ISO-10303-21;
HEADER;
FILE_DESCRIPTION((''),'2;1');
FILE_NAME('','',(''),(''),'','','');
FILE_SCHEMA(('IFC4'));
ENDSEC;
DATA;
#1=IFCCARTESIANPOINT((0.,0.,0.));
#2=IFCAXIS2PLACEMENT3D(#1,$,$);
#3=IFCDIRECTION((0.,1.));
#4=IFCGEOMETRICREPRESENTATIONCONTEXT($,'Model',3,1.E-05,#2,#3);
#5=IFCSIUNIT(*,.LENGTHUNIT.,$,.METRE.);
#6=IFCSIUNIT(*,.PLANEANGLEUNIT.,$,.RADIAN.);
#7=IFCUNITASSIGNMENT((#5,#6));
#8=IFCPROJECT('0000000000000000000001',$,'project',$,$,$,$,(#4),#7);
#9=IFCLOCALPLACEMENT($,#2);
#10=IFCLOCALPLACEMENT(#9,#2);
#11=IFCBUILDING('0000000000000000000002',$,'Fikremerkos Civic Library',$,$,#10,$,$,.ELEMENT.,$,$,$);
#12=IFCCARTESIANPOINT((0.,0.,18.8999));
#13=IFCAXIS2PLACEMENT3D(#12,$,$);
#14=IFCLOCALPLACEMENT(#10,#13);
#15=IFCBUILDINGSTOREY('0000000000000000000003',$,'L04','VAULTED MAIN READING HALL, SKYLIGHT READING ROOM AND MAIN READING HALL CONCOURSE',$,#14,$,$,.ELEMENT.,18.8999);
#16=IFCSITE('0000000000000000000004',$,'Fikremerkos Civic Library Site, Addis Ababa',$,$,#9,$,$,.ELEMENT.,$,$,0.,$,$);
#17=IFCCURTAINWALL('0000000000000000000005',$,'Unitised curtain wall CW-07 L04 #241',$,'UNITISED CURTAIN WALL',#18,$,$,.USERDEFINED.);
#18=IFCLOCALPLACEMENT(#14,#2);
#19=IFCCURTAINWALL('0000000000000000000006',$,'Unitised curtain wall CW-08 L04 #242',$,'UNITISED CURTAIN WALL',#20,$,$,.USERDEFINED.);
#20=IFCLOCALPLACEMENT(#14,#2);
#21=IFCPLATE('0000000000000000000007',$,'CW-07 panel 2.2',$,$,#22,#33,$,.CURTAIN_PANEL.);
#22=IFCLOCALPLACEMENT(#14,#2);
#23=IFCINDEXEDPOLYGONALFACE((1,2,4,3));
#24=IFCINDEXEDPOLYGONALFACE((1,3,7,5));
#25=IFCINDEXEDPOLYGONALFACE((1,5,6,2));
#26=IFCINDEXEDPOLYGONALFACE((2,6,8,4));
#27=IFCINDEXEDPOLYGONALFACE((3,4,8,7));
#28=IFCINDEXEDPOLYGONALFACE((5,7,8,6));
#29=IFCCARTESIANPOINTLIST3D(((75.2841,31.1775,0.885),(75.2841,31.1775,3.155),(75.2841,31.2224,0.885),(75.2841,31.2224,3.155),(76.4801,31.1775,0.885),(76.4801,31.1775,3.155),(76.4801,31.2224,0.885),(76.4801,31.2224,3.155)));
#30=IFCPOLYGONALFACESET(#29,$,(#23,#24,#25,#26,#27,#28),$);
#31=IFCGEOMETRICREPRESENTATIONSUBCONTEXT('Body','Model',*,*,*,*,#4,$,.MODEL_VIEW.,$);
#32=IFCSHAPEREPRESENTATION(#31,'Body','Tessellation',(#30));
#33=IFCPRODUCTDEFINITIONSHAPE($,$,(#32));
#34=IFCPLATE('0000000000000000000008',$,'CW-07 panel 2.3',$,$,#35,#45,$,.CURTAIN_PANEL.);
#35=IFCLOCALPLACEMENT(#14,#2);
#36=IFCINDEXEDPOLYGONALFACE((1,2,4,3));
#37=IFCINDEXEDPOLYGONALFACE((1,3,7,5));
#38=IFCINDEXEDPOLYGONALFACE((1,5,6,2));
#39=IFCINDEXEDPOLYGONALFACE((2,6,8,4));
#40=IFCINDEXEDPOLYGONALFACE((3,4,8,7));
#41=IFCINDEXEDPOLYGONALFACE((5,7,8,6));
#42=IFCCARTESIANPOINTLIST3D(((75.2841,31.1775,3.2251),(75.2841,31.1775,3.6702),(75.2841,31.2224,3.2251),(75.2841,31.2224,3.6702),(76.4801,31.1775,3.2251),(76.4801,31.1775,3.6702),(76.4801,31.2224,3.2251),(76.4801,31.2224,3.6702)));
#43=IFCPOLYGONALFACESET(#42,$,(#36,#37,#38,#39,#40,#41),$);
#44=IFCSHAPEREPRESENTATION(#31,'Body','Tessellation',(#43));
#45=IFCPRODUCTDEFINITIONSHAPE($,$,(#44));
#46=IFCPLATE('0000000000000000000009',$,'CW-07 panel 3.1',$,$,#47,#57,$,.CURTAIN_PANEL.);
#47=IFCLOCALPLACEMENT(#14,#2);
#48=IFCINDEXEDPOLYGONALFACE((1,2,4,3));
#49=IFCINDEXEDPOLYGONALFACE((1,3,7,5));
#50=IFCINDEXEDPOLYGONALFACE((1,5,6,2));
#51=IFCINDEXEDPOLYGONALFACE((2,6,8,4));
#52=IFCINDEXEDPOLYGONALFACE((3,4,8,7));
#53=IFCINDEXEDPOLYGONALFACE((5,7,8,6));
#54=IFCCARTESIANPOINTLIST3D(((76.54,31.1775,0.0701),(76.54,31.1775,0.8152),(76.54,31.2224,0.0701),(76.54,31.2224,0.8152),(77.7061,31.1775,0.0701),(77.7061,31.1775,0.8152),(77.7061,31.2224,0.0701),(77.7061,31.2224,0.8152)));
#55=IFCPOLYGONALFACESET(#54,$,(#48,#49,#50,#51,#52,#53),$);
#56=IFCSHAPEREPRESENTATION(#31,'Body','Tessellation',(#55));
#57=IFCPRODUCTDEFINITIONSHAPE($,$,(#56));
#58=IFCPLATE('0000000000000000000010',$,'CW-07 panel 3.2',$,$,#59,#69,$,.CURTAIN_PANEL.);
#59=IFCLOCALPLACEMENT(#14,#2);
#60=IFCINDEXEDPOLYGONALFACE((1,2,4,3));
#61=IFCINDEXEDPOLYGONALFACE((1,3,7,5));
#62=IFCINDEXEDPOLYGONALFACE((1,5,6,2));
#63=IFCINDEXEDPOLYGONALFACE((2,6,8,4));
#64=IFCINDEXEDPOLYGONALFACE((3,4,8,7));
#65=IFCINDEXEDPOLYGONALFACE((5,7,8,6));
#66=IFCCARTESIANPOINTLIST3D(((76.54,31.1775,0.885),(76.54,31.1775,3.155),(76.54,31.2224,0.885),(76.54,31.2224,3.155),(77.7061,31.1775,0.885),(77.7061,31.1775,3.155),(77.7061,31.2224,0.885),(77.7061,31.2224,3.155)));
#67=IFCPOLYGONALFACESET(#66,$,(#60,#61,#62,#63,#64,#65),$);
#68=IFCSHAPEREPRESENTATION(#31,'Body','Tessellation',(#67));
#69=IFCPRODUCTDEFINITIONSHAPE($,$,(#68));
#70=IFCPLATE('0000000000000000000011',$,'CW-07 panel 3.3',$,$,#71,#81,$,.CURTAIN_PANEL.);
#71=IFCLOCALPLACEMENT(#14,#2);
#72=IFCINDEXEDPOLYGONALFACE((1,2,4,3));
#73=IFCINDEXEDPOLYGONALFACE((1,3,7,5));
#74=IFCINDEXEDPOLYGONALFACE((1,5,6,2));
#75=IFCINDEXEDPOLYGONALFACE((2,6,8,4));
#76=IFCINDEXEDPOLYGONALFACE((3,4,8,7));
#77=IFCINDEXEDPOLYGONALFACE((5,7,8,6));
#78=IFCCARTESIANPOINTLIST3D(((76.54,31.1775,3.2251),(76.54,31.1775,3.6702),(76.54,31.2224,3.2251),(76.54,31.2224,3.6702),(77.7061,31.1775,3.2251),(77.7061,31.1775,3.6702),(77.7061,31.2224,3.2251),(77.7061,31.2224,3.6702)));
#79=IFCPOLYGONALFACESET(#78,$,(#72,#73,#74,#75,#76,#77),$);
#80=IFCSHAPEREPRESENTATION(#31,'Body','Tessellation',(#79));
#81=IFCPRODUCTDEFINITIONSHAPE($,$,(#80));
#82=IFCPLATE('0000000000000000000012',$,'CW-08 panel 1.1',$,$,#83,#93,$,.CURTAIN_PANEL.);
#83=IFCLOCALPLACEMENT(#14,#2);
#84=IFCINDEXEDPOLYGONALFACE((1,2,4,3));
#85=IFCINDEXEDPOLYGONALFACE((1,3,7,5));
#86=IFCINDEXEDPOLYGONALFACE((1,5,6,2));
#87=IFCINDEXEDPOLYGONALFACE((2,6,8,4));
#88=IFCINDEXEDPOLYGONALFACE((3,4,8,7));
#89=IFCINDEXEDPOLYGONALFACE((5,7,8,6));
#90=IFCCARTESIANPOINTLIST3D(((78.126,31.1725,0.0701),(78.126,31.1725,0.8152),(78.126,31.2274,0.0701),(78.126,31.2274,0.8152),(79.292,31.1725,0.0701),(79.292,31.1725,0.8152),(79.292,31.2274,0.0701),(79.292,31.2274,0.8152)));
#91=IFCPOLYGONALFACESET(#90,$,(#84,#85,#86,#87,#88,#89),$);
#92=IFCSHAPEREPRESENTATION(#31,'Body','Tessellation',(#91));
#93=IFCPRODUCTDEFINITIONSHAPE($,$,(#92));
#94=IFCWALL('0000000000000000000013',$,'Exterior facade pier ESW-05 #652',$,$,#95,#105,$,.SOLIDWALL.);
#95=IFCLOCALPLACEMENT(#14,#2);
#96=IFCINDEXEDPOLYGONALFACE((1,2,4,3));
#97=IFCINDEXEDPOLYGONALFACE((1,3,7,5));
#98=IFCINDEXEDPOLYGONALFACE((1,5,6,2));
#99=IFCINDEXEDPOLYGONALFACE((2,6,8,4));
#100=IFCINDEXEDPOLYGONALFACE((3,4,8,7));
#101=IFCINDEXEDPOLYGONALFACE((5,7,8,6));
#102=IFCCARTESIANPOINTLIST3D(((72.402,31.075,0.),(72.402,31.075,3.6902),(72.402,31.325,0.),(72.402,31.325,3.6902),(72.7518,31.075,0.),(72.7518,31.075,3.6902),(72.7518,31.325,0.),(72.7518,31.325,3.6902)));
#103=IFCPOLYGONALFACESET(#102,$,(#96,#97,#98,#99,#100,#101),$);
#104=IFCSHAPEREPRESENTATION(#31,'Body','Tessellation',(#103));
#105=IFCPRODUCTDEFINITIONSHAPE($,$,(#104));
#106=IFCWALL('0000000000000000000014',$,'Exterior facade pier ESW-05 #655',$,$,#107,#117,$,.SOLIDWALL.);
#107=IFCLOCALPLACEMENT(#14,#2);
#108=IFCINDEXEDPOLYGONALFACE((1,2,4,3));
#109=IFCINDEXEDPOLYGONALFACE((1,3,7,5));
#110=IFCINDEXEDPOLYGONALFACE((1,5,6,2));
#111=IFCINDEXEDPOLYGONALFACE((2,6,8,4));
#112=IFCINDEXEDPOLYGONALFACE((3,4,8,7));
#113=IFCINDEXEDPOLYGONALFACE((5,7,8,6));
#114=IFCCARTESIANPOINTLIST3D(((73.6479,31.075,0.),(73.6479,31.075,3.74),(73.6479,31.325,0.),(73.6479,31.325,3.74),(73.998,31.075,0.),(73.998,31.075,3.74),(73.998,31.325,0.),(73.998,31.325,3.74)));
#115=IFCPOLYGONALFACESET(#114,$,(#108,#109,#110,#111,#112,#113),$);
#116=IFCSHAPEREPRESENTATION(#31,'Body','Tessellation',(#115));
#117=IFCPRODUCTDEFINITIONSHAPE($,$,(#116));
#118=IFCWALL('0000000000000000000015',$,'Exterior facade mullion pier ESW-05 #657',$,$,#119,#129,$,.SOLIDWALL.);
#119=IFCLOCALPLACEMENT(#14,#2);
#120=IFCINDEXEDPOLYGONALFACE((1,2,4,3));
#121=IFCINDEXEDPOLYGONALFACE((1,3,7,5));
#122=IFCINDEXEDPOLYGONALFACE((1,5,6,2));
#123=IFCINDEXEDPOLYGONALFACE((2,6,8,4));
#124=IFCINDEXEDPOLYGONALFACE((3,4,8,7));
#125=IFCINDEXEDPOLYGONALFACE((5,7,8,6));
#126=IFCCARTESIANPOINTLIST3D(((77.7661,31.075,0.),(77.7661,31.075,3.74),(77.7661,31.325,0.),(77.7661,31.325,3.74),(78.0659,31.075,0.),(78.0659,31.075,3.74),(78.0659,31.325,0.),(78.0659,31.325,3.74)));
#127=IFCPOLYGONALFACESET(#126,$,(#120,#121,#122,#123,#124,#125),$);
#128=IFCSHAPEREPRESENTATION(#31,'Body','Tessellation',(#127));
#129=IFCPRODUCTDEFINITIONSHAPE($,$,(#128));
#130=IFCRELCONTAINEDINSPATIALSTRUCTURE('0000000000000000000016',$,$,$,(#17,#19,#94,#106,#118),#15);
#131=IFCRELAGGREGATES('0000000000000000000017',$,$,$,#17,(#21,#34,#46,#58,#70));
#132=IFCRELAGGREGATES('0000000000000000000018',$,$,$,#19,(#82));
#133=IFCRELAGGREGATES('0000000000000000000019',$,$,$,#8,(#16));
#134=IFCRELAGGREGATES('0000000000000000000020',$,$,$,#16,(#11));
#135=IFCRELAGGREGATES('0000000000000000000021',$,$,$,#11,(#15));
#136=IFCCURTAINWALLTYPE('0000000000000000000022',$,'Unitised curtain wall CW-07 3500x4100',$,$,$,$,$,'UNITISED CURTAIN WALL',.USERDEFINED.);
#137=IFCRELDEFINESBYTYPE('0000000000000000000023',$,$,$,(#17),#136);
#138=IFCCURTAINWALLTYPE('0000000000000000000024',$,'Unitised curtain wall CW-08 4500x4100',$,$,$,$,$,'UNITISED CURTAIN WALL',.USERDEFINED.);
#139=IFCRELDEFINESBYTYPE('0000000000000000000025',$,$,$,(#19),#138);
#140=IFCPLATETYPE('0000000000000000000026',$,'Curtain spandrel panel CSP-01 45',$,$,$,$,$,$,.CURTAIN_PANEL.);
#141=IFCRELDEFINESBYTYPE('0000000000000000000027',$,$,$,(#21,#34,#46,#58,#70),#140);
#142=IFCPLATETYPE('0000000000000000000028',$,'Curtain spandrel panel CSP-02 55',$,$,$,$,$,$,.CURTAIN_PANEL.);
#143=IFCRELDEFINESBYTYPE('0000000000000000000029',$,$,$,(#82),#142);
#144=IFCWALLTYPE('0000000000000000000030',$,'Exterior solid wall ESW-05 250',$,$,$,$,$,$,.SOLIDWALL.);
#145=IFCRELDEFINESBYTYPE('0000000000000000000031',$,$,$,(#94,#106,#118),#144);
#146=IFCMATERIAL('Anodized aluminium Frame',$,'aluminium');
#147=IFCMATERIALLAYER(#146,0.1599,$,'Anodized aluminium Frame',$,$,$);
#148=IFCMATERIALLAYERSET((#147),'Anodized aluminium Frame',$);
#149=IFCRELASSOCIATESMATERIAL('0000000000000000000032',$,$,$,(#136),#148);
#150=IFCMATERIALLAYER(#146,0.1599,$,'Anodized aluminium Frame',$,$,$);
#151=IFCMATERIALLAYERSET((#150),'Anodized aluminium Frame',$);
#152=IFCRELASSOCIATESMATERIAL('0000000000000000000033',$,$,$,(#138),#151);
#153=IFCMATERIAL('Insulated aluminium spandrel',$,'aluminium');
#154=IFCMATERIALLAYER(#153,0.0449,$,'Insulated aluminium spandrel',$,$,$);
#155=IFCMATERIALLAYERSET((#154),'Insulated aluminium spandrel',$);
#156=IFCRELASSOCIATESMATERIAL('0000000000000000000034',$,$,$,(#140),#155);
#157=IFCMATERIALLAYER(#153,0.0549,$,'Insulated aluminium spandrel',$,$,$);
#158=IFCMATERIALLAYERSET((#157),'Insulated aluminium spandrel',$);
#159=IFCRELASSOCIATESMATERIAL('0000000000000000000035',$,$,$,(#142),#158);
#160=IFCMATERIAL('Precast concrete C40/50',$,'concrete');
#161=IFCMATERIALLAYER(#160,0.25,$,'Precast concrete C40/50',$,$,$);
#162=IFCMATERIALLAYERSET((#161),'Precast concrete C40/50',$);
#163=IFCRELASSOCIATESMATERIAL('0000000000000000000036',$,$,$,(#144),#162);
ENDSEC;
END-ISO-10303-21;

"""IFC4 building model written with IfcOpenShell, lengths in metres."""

from ifc_helpers import new_model, si_unit, direction, frame, frame_2d, origin, origin_2d, place, context, subcontext, project, spatial, rectangle, extrude, material, layer, layer_set, type_object, element, aggregate, save


model = new_model("IFC4")

# Units and contexts
model_context = context("Model", 3, precision=1e-05, world=origin(), true_north=direction((0.0, 1.0)))
body_context = subcontext(model_context, "Body", "Model", "MODEL_VIEW")
ifc_project = project(units=[si_unit("LENGTHUNIT", "METRE"), si_unit("PLANEANGLEUNIT", "RADIAN")], contexts=[model_context])

# Site, building, storey
site_placement = place(None, origin())
site = spatial("IfcSite", under=ifc_project, at=site_placement, Name="Fikremerkos Civic Library Site, Addis Ababa", CompositionType="ELEMENT", RefElevation=0.0)
building_placement = place(site_placement, origin())
building = spatial("IfcBuilding", under=site, at=building_placement, Name="Fikremerkos Civic Library", CompositionType="ELEMENT")
storey_placement = place(building_placement, frame((0.0, 0.0, 18.8999)))
storey = spatial("IfcBuildingStorey", under=building, at=storey_placement, Name="L04", Description="VAULTED MAIN READING HALL, SKYLIGHT READING ROOM AND MAIN READING HALL CONCOURSE", CompositionType="ELEMENT", Elevation=18.8999)

# Shared definitions
ifc_material_1 = material(Name="Anodized aluminium Frame", Category="aluminium")

# Curtain wall
ifc_layer_1 = layer(ifc_material_1, 0.1599, Name="Anodized aluminium Frame")
ifc_layer_set_1 = layer_set([ifc_layer_1], Name="Anodized aluminium Frame")
curtain_wall_type_1 = type_object("IfcCurtainWallType", Name="Unitised curtain wall CW-07 3500x4100", ElementType="UNITISED CURTAIN WALL", PredefinedType="USERDEFINED", material=ifc_layer_set_1)
curtain_wall_1_placement = place(storey_placement, origin())
curtain_wall_1 = element("IfcCurtainWall", 1, at=curtain_wall_1_placement, inside=storey, type_object=curtain_wall_type_1, Name="Unitised curtain wall CW-07 L04 #241", ObjectType="UNITISED CURTAIN WALL", PredefinedType="USERDEFINED")

# Curtain wall
ifc_layer_2 = layer(ifc_material_1, 0.1599, Name="Anodized aluminium Frame")
ifc_layer_set_2 = layer_set([ifc_layer_2], Name="Anodized aluminium Frame")
curtain_wall_type_2 = type_object("IfcCurtainWallType", Name="Unitised curtain wall CW-08 4500x4100", ElementType="UNITISED CURTAIN WALL", PredefinedType="USERDEFINED", material=ifc_layer_set_2)
curtain_wall_2_placement = place(storey_placement, origin())
curtain_wall_2 = element("IfcCurtainWall", 2, at=curtain_wall_2_placement, inside=storey, type_object=curtain_wall_type_2, Name="Unitised curtain wall CW-08 L04 #242", ObjectType="UNITISED CURTAIN WALL", PredefinedType="USERDEFINED")

# Plates
ifc_material_2 = material(Name="Insulated aluminium spandrel", Category="aluminium")
ifc_layer_3 = layer(ifc_material_2, 0.0449, Name="Insulated aluminium spandrel")
ifc_layer_set_3 = layer_set([ifc_layer_3], Name="Insulated aluminium spandrel")
plate_type_1 = type_object("IfcPlateType", Name="Curtain spandrel panel CSP-01 45", PredefinedType="CURTAIN_PANEL", material=ifc_layer_set_3)
plate_1_placement = place(storey_placement, frame((75.8821, 31.2, 0.885), z_axis=(0.0, 0.0, 1.0), x_axis=(1.0, 0.0, 0.0)))
plate_1 = element("IfcPlate", 3, at=plate_1_placement, type_object=plate_type_1, Name="CW-07 panel 2.2", PredefinedType="CURTAIN_PANEL", context=body_context, shape_type="SweptSolid", body=[
    extrude(rectangle(XDim=1.196, YDim=0.0449, at=origin_2d()), origin(), (0.0, 0.0, 1.0), 2.27),
])
plate_2_placement = place(storey_placement, frame((75.8821, 31.2, 3.2251), z_axis=(0.0, 0.0, 1.0), x_axis=(1.0, 0.0, 0.0)))
plate_2 = element("IfcPlate", 4, at=plate_2_placement, type_object=plate_type_1, Name="CW-07 panel 2.3", PredefinedType="CURTAIN_PANEL", context=body_context, shape_type="SweptSolid", body=[
    extrude(rectangle(XDim=1.196, YDim=0.0449, at=origin_2d()), origin(), (0.0, 0.0, 1.0), 0.4451),
])
plate_3_placement = place(storey_placement, frame((77.123, 31.2, 0.0701), z_axis=(0.0, 0.0, 1.0), x_axis=(1.0, 0.0, 0.0)))
plate_3 = element("IfcPlate", 5, at=plate_3_placement, type_object=plate_type_1, Name="CW-07 panel 3.1", PredefinedType="CURTAIN_PANEL", context=body_context, shape_type="SweptSolid", body=[
    extrude(rectangle(XDim=1.166, YDim=0.0449, at=origin_2d()), origin(), (0.0, 0.0, 1.0), 0.7451),
])
plate_4_placement = place(storey_placement, frame((77.123, 31.2, 0.885), z_axis=(0.0, 0.0, 1.0), x_axis=(1.0, 0.0, 0.0)))
plate_4 = element("IfcPlate", 6, at=plate_4_placement, type_object=plate_type_1, Name="CW-07 panel 3.2", PredefinedType="CURTAIN_PANEL", context=body_context, shape_type="SweptSolid", body=[
    extrude(rectangle(XDim=1.166, YDim=0.0449, at=origin_2d()), origin(), (0.0, 0.0, 1.0), 2.27),
])
plate_5_placement = place(storey_placement, frame((77.123, 31.2, 3.2251), z_axis=(0.0, 0.0, 1.0), x_axis=(1.0, 0.0, 0.0)))
plate_5 = element("IfcPlate", 7, at=plate_5_placement, type_object=plate_type_1, Name="CW-07 panel 3.3", PredefinedType="CURTAIN_PANEL", context=body_context, shape_type="SweptSolid", body=[
    extrude(rectangle(XDim=1.166, YDim=0.0449, at=origin_2d()), origin(), (0.0, 0.0, 1.0), 0.4451),
])
aggregate(curtain_wall_1, [plate_1, plate_2, plate_3, plate_4, plate_5])
ifc_layer_4 = layer(ifc_material_2, 0.0549, Name="Insulated aluminium spandrel")
ifc_layer_set_4 = layer_set([ifc_layer_4], Name="Insulated aluminium spandrel")
plate_type_2 = type_object("IfcPlateType", Name="Curtain spandrel panel CSP-02 55", PredefinedType="CURTAIN_PANEL", material=ifc_layer_set_4)
plate_6_placement = place(storey_placement, frame((78.709, 31.2, 0.0701), z_axis=(0.0, 0.0, 1.0), x_axis=(1.0, 0.0, 0.0)))
plate_6 = element("IfcPlate", 8, at=plate_6_placement, type_object=plate_type_2, Name="CW-08 panel 1.1", PredefinedType="CURTAIN_PANEL", context=body_context, shape_type="SweptSolid", body=[
    extrude(rectangle(XDim=1.166, YDim=0.0549, at=origin_2d()), origin(), (0.0, 0.0, 1.0), 0.7451),
])
aggregate(curtain_wall_2, [plate_6])

# Walls
ifc_material_3 = material(Name="Precast concrete C40/50", Category="concrete")
ifc_layer_5 = layer(ifc_material_3, 0.25, Name="Precast concrete C40/50")
ifc_layer_set_5 = layer_set([ifc_layer_5], Name="Precast concrete C40/50")
wall_type = type_object("IfcWallType", Name="Exterior solid wall ESW-05 250", PredefinedType="SOLIDWALL", material=ifc_layer_set_5)
wall_1_placement = place(storey_placement, frame((72.4021, 31.2, 0.0), z_axis=(0.0, 0.0, 1.0), x_axis=(1.0, 0.0, 0.0)))
element("IfcWall", 9, at=wall_1_placement, inside=storey, type_object=wall_type, Name="Exterior facade pier ESW-05 #652", PredefinedType="SOLIDWALL", context=body_context, shape_type="SweptSolid", body=[
    extrude(rectangle(XDim=0.3499, YDim=0.25, at=frame_2d((0.1748, 0.0))), origin(), (0.0, 0.0, 1.0), 3.6902),
])
wall_2_placement = place(storey_placement, frame((73.6479, 31.2, 0.0), z_axis=(0.0, 0.0, 1.0), x_axis=(1.0, 0.0, 0.0)))
element("IfcWall", 10, at=wall_2_placement, inside=storey, type_object=wall_type, Name="Exterior facade pier ESW-05 #655", PredefinedType="SOLIDWALL", context=body_context, shape_type="SweptSolid", body=[
    extrude(rectangle(XDim=0.3501, YDim=0.25, at=frame_2d((0.175, 0.0))), origin(), (0.0, 0.0, 1.0), 3.74),
])
wall_3_placement = place(storey_placement, frame((77.7661, 31.2, 0.0), z_axis=(0.0, 0.0, 1.0), x_axis=(1.0, 0.0, 0.0)))
element("IfcWall", 11, at=wall_3_placement, inside=storey, type_object=wall_type, Name="Exterior facade mullion pier ESW-05 #657", PredefinedType="SOLIDWALL", context=body_context, shape_type="SweptSolid", body=[
    extrude(rectangle(XDim=0.2998, YDim=0.25, at=frame_2d((0.1499, 0.0))), origin(), (0.0, 0.0, 1.0), 3.74),
])

save(model, "model.ifc")
